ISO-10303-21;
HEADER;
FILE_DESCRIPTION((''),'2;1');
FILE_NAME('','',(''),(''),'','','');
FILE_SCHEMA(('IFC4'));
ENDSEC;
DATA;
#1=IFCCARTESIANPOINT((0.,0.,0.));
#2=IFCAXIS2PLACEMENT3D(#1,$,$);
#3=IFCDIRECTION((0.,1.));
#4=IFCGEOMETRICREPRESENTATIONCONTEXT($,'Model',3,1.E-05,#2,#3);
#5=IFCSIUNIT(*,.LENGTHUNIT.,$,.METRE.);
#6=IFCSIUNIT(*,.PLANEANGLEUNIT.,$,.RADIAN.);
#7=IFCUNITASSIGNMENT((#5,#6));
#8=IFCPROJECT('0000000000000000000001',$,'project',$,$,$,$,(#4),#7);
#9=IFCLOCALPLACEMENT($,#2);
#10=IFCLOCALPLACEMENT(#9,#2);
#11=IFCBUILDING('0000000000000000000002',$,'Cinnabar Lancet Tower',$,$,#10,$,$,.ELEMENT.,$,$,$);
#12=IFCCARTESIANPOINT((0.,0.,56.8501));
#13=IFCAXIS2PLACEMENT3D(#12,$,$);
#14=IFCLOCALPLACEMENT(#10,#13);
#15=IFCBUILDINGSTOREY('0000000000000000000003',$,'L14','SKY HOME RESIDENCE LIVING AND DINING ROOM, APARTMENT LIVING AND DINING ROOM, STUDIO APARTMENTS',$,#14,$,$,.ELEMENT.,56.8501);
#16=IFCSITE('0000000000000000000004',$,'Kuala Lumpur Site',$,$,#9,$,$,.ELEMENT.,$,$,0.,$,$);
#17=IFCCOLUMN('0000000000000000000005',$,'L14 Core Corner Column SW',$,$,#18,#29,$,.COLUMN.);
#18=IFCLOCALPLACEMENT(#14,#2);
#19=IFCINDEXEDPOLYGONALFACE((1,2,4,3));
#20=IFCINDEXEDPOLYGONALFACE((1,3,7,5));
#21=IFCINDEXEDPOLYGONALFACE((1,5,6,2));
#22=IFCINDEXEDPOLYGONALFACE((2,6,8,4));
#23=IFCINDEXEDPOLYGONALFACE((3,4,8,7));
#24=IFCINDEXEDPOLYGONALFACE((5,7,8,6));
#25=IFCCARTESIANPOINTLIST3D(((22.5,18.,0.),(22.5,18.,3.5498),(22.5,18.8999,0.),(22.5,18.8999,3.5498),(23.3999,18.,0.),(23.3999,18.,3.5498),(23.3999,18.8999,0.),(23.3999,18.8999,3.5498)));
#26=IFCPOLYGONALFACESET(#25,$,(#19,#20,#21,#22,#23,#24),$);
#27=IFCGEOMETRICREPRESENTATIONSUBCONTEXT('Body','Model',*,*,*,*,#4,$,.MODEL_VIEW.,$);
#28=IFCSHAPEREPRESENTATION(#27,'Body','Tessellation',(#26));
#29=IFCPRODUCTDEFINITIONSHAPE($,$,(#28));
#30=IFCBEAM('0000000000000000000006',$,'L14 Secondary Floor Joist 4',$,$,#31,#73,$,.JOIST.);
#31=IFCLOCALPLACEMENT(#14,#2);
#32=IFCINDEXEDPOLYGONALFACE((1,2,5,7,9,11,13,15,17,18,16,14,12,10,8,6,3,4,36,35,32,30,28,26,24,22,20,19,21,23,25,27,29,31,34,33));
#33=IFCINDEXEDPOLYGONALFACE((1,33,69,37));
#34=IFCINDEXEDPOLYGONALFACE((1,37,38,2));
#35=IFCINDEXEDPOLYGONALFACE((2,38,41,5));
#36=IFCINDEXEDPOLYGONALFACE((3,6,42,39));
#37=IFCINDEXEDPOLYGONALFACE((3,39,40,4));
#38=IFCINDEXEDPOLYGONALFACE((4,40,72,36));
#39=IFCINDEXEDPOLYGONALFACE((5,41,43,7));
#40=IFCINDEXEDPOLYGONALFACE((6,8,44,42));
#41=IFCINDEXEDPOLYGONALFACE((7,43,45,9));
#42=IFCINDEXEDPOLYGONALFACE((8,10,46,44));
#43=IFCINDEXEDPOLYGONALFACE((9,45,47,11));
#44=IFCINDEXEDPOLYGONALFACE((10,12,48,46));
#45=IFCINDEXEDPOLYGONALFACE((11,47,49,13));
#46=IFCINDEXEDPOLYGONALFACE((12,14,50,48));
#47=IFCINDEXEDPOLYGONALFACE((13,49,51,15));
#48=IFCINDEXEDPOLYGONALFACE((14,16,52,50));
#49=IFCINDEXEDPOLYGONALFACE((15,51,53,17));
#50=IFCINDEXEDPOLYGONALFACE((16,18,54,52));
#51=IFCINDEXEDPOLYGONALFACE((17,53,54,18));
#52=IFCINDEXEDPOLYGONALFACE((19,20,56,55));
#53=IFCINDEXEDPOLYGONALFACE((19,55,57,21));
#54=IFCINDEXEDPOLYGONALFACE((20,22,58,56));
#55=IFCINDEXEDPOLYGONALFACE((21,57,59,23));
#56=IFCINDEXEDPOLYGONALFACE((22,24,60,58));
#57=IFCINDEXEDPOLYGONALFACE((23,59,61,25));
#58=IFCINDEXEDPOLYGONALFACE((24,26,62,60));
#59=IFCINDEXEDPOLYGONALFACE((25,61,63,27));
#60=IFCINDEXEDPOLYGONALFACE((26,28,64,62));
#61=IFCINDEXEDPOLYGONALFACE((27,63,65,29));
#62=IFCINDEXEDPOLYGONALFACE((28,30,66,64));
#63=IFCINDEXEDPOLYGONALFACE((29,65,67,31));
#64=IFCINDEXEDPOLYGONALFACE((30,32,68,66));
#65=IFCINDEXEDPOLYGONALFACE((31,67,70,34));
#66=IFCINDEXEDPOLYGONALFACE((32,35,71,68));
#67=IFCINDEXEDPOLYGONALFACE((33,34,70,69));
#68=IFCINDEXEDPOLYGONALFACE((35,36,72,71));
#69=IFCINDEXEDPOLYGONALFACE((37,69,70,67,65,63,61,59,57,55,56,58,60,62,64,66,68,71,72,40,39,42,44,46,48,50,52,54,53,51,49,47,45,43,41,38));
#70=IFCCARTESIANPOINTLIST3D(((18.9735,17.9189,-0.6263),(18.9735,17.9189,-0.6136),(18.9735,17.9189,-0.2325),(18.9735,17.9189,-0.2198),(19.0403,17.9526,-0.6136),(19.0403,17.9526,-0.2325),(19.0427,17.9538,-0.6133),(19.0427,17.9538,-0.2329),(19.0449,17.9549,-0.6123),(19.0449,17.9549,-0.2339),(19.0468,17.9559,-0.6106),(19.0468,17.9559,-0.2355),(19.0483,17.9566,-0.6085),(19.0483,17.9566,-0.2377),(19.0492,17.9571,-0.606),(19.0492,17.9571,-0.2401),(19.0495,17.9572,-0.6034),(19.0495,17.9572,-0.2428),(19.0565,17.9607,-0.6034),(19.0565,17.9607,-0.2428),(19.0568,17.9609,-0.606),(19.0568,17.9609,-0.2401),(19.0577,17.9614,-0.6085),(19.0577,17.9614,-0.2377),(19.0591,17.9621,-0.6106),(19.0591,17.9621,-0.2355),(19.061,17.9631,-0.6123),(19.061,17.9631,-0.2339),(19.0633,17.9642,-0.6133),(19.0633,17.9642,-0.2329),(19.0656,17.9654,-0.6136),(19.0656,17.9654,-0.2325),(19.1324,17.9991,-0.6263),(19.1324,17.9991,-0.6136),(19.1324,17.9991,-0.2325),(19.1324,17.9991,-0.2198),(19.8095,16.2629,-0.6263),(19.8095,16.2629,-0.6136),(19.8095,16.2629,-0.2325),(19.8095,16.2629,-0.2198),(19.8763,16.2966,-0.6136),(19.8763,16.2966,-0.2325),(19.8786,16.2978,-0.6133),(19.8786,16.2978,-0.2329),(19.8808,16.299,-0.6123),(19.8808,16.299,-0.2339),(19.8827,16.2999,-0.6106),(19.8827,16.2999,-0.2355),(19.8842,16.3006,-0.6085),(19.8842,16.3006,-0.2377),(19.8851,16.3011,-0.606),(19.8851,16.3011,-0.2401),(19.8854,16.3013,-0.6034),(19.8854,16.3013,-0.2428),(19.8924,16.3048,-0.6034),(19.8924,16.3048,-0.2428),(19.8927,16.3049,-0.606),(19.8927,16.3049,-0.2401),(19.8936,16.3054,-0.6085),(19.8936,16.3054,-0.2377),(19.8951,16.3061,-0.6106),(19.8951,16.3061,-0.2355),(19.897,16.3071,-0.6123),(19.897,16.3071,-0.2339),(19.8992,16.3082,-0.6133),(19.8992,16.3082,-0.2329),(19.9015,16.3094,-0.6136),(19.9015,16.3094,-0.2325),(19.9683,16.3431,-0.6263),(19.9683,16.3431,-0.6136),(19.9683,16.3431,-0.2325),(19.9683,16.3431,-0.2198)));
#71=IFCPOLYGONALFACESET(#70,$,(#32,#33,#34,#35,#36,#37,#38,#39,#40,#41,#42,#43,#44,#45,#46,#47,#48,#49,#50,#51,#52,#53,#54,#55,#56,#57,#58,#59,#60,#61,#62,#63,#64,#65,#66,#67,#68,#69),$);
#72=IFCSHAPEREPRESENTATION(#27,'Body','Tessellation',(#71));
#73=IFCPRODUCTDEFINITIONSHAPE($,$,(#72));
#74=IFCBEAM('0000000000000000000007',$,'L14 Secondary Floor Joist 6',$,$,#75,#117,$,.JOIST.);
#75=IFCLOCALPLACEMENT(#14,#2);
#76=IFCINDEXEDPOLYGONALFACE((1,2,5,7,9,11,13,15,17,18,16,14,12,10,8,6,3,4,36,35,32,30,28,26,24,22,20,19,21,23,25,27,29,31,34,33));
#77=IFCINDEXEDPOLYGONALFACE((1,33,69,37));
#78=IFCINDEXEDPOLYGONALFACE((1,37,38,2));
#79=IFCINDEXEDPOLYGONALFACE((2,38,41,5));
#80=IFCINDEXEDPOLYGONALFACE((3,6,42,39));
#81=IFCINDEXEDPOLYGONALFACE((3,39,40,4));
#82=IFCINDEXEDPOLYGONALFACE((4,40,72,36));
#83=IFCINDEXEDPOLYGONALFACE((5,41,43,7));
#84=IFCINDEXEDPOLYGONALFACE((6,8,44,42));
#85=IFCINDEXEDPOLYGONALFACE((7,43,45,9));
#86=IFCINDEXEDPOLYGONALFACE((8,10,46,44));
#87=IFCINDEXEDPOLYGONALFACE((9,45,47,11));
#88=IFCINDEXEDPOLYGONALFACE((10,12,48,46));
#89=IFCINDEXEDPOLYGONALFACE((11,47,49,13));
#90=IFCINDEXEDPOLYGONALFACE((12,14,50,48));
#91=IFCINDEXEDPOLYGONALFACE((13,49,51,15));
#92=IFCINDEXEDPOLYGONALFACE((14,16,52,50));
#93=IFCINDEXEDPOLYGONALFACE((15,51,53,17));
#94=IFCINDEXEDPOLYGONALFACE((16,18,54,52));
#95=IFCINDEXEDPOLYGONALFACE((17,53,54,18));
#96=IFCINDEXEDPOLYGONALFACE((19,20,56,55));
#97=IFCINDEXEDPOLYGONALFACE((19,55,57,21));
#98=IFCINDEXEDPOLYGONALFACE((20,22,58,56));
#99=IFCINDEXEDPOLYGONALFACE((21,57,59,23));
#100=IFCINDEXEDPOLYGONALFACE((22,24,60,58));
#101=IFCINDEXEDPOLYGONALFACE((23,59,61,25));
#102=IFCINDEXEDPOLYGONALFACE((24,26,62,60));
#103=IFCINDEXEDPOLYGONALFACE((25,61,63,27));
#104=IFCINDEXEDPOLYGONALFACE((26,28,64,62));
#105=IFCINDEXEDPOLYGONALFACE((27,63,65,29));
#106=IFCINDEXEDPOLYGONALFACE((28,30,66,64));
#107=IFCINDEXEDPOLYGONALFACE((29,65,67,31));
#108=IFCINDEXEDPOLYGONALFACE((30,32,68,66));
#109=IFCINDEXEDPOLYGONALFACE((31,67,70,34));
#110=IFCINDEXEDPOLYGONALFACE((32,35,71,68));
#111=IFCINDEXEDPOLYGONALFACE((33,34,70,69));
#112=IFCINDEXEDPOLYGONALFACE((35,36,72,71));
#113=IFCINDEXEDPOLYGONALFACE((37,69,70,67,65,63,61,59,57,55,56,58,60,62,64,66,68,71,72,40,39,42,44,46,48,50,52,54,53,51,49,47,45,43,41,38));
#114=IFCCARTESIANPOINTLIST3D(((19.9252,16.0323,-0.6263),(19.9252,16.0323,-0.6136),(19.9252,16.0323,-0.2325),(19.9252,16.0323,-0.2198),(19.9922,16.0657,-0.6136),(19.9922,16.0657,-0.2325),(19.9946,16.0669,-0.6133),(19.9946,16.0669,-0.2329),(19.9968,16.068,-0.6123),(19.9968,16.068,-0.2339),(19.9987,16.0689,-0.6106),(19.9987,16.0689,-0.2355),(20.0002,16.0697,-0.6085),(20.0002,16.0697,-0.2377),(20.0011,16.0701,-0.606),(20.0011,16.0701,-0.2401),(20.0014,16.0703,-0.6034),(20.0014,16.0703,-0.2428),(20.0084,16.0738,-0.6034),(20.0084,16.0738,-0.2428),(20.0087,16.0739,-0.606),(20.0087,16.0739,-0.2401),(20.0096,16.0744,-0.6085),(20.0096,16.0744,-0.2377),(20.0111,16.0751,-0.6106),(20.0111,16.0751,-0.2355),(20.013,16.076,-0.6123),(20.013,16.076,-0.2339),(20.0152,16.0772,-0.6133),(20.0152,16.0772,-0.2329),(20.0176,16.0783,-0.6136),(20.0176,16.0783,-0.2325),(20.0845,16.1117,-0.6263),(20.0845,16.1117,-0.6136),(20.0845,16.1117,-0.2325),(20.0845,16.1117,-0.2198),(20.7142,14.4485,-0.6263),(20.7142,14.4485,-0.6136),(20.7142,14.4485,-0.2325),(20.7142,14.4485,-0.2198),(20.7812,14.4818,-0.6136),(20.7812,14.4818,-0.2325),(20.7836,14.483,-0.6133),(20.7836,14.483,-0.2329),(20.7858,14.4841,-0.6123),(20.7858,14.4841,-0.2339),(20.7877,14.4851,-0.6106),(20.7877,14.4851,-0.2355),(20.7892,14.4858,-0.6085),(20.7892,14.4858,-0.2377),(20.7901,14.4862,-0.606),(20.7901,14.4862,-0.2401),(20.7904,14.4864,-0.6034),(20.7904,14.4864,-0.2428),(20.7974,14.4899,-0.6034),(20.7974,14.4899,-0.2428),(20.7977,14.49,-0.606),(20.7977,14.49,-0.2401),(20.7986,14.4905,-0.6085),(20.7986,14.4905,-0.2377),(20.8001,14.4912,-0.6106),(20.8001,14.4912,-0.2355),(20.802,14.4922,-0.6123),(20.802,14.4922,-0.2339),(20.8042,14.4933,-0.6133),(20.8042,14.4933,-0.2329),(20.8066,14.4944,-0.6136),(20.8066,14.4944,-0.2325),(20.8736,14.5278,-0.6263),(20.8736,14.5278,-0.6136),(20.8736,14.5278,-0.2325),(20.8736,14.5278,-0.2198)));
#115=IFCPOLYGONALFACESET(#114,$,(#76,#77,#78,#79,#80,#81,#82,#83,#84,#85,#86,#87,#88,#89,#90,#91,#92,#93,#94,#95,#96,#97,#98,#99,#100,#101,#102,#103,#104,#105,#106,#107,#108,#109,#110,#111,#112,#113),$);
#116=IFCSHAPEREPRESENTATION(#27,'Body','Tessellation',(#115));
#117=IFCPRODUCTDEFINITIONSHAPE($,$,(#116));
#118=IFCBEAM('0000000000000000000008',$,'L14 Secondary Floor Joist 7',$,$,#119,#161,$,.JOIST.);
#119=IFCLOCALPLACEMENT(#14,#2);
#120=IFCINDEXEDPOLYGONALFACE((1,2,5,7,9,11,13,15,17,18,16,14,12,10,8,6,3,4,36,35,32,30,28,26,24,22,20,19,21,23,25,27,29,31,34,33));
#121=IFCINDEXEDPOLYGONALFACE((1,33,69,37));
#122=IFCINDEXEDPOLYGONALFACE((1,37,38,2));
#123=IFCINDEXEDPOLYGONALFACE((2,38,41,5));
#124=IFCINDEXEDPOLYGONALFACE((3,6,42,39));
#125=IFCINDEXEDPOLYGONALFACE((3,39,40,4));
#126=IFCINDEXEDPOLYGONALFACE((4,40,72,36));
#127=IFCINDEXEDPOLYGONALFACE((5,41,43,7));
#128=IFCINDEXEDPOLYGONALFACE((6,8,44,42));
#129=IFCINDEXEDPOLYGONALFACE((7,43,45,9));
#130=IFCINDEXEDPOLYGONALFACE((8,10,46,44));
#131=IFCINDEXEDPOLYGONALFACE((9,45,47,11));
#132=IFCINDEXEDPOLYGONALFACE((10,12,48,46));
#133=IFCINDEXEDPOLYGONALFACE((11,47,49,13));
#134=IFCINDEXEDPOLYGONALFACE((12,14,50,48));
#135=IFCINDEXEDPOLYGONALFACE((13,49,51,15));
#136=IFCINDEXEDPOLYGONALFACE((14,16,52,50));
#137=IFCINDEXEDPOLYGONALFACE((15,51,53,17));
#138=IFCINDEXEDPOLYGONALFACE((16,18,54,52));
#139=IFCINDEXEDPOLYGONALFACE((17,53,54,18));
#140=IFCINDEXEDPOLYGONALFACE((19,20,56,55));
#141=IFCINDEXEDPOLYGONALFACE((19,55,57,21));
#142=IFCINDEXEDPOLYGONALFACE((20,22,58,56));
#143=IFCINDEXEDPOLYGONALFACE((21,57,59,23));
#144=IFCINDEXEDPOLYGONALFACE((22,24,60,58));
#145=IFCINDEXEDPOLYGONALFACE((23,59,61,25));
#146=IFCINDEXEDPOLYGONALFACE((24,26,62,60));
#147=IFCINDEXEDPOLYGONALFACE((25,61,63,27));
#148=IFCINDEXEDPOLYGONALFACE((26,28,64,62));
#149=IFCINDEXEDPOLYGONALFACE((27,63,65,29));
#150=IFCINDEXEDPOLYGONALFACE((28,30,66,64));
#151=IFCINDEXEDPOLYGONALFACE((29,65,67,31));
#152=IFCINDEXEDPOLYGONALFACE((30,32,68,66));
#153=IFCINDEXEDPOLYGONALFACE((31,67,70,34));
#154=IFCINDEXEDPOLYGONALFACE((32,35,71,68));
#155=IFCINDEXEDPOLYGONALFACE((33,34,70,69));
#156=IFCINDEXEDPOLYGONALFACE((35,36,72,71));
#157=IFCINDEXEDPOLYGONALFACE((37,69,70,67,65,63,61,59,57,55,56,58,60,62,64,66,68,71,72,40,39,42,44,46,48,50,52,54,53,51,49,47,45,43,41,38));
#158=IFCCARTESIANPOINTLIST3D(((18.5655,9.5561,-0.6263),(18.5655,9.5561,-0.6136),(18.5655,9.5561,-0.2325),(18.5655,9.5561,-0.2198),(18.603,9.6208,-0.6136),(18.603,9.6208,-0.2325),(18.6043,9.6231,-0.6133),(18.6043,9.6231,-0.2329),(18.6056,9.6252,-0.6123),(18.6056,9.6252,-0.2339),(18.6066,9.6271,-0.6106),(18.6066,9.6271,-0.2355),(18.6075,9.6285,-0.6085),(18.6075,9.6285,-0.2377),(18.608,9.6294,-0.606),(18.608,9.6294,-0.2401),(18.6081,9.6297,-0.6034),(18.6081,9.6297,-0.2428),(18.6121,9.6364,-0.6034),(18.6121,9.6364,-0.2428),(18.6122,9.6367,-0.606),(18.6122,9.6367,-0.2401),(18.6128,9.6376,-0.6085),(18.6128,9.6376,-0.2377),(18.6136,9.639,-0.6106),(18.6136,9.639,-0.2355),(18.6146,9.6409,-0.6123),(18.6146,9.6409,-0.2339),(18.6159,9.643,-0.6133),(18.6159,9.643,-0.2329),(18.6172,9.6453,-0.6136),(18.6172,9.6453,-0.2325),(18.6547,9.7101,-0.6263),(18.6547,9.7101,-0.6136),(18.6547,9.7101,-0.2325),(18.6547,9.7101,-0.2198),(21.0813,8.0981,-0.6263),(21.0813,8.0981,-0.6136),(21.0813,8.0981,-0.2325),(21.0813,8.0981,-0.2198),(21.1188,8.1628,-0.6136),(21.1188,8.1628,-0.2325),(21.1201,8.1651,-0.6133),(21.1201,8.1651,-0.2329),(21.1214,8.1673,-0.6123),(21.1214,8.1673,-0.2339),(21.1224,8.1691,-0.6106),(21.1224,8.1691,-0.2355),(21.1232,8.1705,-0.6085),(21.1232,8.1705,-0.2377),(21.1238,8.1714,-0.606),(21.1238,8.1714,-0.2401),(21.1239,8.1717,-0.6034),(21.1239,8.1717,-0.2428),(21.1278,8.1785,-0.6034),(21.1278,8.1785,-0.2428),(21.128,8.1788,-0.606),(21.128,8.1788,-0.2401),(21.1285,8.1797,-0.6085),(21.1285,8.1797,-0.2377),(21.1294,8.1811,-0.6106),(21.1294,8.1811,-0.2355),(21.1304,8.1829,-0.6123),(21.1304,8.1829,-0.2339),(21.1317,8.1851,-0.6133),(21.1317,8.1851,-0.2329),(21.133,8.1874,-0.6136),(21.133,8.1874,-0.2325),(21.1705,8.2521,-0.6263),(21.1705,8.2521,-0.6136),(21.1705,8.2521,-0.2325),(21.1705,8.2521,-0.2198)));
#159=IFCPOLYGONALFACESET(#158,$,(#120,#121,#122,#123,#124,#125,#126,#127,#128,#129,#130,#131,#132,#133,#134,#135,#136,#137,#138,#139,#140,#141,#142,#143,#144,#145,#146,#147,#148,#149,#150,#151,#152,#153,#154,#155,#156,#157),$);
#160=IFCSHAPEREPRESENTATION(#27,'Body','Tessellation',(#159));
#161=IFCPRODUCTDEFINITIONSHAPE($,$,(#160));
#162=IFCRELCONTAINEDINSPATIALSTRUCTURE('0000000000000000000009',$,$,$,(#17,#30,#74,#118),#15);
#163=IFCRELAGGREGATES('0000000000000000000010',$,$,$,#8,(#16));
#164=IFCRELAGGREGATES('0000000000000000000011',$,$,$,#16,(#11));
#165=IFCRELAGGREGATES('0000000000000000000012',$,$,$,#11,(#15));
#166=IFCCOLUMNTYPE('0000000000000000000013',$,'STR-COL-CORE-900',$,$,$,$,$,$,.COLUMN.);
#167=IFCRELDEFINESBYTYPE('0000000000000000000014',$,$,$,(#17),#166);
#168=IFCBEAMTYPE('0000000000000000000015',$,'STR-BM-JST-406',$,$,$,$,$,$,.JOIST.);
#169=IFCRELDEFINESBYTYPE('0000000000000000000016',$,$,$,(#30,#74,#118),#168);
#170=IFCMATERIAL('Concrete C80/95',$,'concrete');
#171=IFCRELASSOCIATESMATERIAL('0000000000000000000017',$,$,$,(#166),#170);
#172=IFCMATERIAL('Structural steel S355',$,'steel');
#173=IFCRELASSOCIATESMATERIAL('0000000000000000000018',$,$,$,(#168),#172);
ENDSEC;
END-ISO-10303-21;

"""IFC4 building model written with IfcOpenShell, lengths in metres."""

from ifc_helpers import new_model, si_unit, direction, frame, origin, origin_2d, place, context, subcontext, project, spatial, rectangle, i_section, extrude, material, material_profile, profile_set, type_object, element, save


model = new_model("IFC4")

# Units and contexts
model_context = context("Model", 3, precision=1e-05, world=origin(), true_north=direction((0.0, 1.0)))
body_context = subcontext(model_context, "Body", "Model", "MODEL_VIEW")
ifc_project = project(units=[si_unit("LENGTHUNIT", "METRE"), si_unit("PLANEANGLEUNIT", "RADIAN")], contexts=[model_context])

# Site, building, storey
site_placement = place(None, origin())
site = spatial("IfcSite", under=ifc_project, at=site_placement, Name="Kuala Lumpur Site", CompositionType="ELEMENT", RefElevation=0.0)
building_placement = place(site_placement, origin())
building = spatial("IfcBuilding", under=site, at=building_placement, Name="Cinnabar Lancet Tower", CompositionType="ELEMENT")
storey_placement = place(building_placement, frame((0.0, 0.0, 56.8501)))
storey = spatial("IfcBuildingStorey", under=building, at=storey_placement, Name="L14", Description="SKY HOME RESIDENCE LIVING AND DINING ROOM, APARTMENT LIVING AND DINING ROOM, STUDIO APARTMENTS", CompositionType="ELEMENT", Elevation=56.8501)

# Column
ifc_material_1 = material(Name="Concrete C80/95", Category="concrete")
ifc_material_profile_1 = material_profile(ifc_material_1, rectangle(XDim=0.8999, YDim=0.8999, at=origin_2d()), Name="RC-COL 900x900")
ifc_profile_set_1 = profile_set([ifc_material_profile_1], Name="Concrete C80/95")
column_type = type_object("IfcColumnType", Name="STR-COL-CORE-900", PredefinedType="COLUMN", material=ifc_profile_set_1)
column_placement = place(storey_placement, frame((22.95, 18.45, 0.0), z_axis=(0.0, 0.0, 1.0), x_axis=(1.0, 0.0, 0.0)))
element("IfcColumn", 1, at=column_placement, inside=storey, type_object=column_type, Name="L14 Core Corner Column SW", PredefinedType="COLUMN", context=body_context, shape_type="SweptSolid", body=[
    extrude(rectangle(XDim=0.8999, YDim=0.8999, at=origin_2d()), origin(), (0.0, 0.0, 1.0), 3.5498),
])

# Beams
ifc_material_2 = material(Name="Structural steel S355", Category="steel")
ifc_material_profile_2 = material_profile(ifc_material_2, i_section(OverallWidth=0.178, OverallDepth=0.4065, WebThickness=0.0078, FlangeThickness=0.0127, FilletRadius=0.0103, at=origin_2d()), Name="UKB 406x178x60")
ifc_profile_set_2 = profile_set([ifc_material_profile_2], Name="Structural steel S355")
beam_type = type_object("IfcBeamType", Name="STR-BM-JST-406", PredefinedType="JOIST", material=ifc_profile_set_2)
beam_1_placement = place(storey_placement, frame((19.053, 17.959, -0.4231), z_axis=(0.450632, -0.89271, 0.0), x_axis=(0.89271, 0.450632, 0.0)))
element("IfcBeam", 2, at=beam_1_placement, inside=storey, type_object=beam_type, Name="L14 Secondary Floor Joist 4", PredefinedType="JOIST", context=body_context, shape_type="SweptSolid", body=[
    extrude(i_section(OverallWidth=0.178, OverallDepth=0.4065, WebThickness=0.0078, FlangeThickness=0.0127, FilletRadius=0.0103, at=origin_2d()), origin(), (0.0, 0.0, 1.0), 1.855),
])
beam_2_placement = place(storey_placement, frame((20.0049, 16.072, -0.4231), z_axis=(0.445889, -0.895088, 0.0), x_axis=(0.895088, 0.445889, 0.0)))
element("IfcBeam", 3, at=beam_2_placement, inside=storey, type_object=beam_type, Name="L14 Secondary Floor Joist 6", PredefinedType="JOIST", context=body_context, shape_type="SweptSolid", body=[
    extrude(i_section(OverallWidth=0.178, OverallDepth=0.4065, WebThickness=0.0078, FlangeThickness=0.0127, FilletRadius=0.0103, at=origin_2d()), origin(), (0.0, 0.0, 1.0), 1.7695),
])
beam_3_placement = place(storey_placement, frame((18.6101, 9.6331, -0.4231), z_axis=(0.86521, -0.50141, 0.0), x_axis=(0.50141, 0.86521, 0.0)))
element("IfcBeam", 4, at=beam_3_placement, inside=storey, type_object=beam_type, Name="L14 Secondary Floor Joist 7", PredefinedType="JOIST", context=body_context, shape_type="SweptSolid", body=[
    extrude(i_section(OverallWidth=0.178, OverallDepth=0.4065, WebThickness=0.0078, FlangeThickness=0.0127, FilletRadius=0.0103, at=origin_2d()), origin(), (0.0, 0.0, 1.0), 2.9077),
])

save(model, "model.ifc")
